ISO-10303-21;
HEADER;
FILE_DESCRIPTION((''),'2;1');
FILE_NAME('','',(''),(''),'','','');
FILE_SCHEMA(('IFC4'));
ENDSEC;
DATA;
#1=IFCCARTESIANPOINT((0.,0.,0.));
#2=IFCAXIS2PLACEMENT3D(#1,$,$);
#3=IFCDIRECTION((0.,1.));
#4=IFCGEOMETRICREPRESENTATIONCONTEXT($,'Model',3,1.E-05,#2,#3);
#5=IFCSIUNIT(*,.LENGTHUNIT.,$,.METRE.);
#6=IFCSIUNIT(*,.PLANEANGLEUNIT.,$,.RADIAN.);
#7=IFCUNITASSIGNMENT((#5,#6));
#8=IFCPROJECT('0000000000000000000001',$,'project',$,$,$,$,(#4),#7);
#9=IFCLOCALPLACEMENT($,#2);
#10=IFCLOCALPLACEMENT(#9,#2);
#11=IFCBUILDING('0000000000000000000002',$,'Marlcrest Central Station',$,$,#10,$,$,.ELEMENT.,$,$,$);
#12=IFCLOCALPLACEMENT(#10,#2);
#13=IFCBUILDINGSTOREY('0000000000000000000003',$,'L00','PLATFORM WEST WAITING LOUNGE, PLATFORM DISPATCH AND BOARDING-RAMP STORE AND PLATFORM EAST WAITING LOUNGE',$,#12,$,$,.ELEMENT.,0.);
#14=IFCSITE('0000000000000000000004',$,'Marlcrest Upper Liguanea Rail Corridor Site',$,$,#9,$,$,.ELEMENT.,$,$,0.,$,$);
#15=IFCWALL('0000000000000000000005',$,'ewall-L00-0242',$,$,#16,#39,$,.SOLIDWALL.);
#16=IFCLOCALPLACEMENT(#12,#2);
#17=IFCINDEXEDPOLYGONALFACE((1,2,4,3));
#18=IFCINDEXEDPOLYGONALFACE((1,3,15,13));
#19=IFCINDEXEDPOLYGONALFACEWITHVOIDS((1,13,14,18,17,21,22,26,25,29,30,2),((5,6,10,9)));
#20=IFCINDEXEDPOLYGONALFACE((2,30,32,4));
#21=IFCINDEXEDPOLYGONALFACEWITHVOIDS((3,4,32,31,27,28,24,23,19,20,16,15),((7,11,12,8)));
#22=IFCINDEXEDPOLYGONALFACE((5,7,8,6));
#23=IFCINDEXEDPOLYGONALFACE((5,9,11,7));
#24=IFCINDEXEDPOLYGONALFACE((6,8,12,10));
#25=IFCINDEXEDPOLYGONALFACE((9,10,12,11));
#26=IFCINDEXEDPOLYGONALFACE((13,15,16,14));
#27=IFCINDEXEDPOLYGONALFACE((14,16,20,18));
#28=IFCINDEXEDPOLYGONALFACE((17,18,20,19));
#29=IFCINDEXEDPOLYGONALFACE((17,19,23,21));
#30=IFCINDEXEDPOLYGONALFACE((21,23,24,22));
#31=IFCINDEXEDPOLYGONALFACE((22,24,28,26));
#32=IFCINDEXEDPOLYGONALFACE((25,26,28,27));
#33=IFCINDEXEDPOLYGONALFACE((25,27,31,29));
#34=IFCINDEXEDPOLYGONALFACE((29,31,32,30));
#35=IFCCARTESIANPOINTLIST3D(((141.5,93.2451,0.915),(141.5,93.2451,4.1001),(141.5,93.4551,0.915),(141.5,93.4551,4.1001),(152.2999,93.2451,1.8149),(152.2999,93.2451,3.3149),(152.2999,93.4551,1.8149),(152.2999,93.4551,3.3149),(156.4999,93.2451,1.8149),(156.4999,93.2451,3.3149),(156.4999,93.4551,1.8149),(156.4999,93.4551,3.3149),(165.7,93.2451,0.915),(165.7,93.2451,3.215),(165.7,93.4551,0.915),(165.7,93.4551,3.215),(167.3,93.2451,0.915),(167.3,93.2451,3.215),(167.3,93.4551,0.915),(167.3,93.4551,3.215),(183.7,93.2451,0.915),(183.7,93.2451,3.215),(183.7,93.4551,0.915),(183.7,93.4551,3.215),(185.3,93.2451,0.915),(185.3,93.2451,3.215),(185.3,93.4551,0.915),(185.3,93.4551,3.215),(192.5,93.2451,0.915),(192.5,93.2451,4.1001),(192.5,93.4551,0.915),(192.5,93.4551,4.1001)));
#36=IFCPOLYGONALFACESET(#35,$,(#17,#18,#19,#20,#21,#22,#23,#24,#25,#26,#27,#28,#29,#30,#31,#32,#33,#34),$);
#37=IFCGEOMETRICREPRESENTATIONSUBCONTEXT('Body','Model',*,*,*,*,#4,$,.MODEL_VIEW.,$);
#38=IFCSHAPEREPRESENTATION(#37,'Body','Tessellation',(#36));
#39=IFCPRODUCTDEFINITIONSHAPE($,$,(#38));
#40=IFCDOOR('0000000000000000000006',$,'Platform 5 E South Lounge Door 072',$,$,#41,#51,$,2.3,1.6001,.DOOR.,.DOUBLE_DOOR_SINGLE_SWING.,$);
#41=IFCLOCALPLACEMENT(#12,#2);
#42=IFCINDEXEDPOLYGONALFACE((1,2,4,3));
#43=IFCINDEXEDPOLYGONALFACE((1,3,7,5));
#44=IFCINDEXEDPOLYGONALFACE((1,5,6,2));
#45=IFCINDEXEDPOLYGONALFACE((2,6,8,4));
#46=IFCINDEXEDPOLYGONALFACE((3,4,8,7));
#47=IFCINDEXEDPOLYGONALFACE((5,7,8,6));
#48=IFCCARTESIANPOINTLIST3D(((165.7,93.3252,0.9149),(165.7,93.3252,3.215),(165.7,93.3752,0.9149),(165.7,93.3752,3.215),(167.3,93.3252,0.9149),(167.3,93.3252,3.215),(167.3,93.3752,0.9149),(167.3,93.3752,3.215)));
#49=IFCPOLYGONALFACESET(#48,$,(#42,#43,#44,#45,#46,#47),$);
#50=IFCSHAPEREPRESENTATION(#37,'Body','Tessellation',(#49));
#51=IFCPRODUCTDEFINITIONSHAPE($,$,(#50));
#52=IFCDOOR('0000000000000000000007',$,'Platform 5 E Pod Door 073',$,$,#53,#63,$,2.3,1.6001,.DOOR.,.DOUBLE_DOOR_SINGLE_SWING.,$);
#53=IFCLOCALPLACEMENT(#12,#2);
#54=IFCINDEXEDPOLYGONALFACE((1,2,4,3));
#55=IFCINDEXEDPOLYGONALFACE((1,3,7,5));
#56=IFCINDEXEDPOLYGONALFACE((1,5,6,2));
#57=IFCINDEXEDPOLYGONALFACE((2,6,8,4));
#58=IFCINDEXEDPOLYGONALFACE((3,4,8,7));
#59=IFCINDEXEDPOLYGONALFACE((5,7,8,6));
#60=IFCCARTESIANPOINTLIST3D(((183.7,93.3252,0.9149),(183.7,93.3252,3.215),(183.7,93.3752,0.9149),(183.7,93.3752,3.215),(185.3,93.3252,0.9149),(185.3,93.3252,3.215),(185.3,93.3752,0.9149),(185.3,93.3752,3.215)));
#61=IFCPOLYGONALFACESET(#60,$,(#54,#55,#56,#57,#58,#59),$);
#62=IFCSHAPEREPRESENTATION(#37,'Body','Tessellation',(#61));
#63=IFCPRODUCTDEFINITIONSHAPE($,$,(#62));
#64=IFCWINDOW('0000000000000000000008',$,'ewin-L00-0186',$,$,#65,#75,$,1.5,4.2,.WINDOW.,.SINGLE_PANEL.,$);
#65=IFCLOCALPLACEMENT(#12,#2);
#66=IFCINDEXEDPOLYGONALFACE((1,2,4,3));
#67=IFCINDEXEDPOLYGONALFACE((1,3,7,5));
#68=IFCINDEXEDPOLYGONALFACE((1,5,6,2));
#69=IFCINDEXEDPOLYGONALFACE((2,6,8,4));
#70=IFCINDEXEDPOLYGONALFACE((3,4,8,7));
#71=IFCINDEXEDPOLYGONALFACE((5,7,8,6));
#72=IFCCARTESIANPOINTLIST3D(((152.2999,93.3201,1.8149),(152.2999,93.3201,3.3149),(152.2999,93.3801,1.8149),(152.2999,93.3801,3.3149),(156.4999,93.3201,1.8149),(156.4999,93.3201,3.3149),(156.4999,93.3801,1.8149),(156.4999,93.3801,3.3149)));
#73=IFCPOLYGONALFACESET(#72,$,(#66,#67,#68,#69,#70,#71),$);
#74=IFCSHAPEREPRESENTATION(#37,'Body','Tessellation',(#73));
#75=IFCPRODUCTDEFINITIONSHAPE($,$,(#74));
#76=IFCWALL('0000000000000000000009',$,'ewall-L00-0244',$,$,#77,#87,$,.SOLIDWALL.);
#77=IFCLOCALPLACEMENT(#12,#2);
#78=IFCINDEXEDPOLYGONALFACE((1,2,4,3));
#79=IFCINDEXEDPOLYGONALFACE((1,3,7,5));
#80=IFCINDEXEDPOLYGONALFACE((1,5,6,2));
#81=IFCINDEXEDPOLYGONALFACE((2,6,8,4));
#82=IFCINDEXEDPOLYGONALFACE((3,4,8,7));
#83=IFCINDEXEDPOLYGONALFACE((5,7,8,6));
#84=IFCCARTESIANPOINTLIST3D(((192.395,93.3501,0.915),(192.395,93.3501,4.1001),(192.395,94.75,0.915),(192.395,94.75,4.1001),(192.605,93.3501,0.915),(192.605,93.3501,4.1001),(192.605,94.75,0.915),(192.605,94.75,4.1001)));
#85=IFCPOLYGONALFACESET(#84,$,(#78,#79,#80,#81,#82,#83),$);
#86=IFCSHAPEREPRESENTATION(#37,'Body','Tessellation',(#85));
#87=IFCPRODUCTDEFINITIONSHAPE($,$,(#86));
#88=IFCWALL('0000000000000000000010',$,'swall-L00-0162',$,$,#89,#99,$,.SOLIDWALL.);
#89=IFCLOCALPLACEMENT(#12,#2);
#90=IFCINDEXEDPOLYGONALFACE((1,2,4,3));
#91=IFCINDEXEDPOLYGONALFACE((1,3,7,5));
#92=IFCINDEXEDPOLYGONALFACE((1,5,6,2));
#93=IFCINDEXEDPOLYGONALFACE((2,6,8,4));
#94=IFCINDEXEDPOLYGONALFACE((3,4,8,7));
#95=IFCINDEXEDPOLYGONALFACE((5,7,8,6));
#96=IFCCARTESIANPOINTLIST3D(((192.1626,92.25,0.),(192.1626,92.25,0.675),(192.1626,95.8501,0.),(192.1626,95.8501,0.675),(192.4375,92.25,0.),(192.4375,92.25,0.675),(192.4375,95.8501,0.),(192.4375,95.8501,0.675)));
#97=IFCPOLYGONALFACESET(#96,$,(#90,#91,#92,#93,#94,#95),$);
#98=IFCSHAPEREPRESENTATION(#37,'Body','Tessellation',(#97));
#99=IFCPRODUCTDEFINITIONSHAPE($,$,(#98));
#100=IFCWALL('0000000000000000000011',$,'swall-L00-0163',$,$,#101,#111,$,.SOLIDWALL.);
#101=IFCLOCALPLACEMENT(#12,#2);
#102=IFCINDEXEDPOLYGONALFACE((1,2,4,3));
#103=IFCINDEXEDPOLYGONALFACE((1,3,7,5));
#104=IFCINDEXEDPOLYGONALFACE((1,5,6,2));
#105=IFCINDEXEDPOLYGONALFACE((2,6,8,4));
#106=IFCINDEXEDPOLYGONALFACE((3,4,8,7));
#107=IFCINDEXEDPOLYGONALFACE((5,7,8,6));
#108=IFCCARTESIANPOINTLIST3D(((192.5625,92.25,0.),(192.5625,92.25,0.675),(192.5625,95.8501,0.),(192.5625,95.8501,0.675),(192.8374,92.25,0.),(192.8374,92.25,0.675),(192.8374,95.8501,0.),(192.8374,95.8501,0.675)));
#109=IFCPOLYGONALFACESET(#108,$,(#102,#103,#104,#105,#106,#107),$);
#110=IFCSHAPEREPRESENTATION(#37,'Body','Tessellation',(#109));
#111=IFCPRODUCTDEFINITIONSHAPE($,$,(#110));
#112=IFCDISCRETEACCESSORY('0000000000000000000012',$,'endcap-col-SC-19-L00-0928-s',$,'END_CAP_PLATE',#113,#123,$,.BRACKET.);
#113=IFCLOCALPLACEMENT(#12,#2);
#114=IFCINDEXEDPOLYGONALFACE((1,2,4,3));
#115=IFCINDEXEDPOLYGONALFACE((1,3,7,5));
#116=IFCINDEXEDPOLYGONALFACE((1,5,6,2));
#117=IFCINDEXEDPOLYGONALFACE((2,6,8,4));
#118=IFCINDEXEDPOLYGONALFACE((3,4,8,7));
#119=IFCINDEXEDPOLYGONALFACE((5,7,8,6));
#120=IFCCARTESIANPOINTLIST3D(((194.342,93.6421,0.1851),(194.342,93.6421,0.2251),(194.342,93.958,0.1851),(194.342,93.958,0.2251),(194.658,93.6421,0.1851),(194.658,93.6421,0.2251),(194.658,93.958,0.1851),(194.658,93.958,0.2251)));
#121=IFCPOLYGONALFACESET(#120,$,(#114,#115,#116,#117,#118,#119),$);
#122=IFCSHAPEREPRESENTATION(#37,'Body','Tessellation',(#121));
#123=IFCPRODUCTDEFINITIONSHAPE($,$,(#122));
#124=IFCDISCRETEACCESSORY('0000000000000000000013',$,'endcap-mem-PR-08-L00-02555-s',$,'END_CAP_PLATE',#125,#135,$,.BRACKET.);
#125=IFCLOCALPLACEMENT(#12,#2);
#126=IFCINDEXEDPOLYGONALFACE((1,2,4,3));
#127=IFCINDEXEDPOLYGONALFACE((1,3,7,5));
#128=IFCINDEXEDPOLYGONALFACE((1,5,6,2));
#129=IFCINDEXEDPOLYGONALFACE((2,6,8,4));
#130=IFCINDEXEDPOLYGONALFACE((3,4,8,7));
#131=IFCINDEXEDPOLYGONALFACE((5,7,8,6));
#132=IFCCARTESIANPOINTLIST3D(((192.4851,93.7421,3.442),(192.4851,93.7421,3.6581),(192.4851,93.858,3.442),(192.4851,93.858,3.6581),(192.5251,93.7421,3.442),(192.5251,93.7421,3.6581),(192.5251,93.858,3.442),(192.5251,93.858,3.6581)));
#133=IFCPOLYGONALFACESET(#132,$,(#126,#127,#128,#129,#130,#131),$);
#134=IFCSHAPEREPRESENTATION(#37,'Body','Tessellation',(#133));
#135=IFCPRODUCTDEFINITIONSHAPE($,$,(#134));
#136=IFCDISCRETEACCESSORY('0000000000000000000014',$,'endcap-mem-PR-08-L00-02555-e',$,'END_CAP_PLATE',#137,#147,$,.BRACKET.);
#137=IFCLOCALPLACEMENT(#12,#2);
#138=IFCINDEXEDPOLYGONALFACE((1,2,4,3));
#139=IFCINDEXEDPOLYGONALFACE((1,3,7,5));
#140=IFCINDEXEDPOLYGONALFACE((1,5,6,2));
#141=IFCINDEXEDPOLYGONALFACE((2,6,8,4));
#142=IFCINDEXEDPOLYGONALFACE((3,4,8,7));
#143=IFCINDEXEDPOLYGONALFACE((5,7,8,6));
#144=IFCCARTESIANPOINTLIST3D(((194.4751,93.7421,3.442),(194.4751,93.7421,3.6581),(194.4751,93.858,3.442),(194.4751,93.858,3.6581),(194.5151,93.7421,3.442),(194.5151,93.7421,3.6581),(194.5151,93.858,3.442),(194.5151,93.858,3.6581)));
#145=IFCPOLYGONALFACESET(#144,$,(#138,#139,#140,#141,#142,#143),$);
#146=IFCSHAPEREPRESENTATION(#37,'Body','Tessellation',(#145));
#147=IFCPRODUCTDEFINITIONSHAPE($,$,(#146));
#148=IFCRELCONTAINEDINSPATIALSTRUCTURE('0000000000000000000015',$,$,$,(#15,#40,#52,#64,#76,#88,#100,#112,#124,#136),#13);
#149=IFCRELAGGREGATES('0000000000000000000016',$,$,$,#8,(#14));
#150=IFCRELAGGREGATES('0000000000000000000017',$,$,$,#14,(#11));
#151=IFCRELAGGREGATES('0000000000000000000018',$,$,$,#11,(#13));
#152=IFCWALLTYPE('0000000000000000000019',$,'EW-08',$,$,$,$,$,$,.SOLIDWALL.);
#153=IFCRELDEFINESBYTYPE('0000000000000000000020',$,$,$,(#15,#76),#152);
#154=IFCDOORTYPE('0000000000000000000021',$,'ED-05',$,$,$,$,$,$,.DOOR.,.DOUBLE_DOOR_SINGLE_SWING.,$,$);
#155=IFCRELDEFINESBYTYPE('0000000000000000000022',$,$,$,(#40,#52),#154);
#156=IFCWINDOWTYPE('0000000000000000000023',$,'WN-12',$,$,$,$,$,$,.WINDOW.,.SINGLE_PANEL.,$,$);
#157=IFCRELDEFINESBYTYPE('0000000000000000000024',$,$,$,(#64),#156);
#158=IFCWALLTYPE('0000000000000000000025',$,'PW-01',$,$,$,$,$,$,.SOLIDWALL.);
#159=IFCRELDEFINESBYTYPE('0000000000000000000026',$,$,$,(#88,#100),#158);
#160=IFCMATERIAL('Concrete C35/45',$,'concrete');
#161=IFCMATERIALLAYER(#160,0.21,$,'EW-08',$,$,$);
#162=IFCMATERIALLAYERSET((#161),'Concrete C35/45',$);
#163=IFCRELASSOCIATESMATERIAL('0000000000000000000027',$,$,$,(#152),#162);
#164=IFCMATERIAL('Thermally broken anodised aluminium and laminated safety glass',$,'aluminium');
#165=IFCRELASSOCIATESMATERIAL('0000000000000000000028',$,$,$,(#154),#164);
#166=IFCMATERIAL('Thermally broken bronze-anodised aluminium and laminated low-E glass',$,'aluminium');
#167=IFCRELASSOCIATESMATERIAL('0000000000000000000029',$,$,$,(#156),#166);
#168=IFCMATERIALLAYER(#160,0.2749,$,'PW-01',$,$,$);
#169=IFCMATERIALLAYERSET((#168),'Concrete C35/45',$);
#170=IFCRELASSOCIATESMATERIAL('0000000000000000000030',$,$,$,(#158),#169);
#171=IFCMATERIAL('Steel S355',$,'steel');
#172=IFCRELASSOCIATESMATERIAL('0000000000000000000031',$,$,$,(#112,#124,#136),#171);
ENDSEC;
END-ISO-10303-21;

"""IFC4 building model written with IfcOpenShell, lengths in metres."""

from ifc_helpers import new_model, si_unit, direction, frame, frame_2d, origin, origin_2d, place, context, subcontext, project, spatial, rectangle, extrude, material, layer, layer_set, type_object, element, fill, save


model = new_model("IFC4")

# Units and contexts
model_context = context("Model", 3, precision=1e-05, world=origin(), true_north=direction((0.0, 1.0)))
body_context = subcontext(model_context, "Body", "Model", "MODEL_VIEW")
ifc_project = project(units=[si_unit("LENGTHUNIT", "METRE"), si_unit("PLANEANGLEUNIT", "RADIAN")], contexts=[model_context])

# Site, building, storey
site_placement = place(None, origin())
site = spatial("IfcSite", under=ifc_project, at=site_placement, Name="Marlcrest Upper Liguanea Rail Corridor Site", CompositionType="ELEMENT", RefElevation=0.0)
building_placement = place(site_placement, origin())
building = spatial("IfcBuilding", under=site, at=building_placement, Name="Marlcrest Central Station", CompositionType="ELEMENT")
storey_placement = place(building_placement, origin())
storey = spatial("IfcBuildingStorey", under=building, at=storey_placement, Name="L00", Description="PLATFORM WEST WAITING LOUNGE, PLATFORM DISPATCH AND BOARDING-RAMP STORE AND PLATFORM EAST WAITING LOUNGE", CompositionType="ELEMENT", Elevation=0.0)

# Shared definitions
ifc_material_1 = material(Name="Concrete C35/45", Category="concrete")

# Shared definitions
ifc_material_2 = material(Name="Steel S355", Category="steel")

# Shared definitions
ifc_layer_1 = layer(ifc_material_1, 0.21, Name="EW-08")
ifc_layer_set_1 = layer_set([ifc_layer_1], Name="Concrete C35/45")
wall_type_1 = type_object("IfcWallType", Name="EW-08", PredefinedType="SOLIDWALL", material=ifc_layer_set_1)

# Wall, openings, doors, window
wall_1_placement = place(storey_placement, frame((192.5, 93.3501, 0.915), z_axis=(0.0, 0.0, 1.0), x_axis=(-1.0, 0.0, 0.0)))
wall_1 = element("IfcWall", 1, at=wall_1_placement, inside=storey, type_object=wall_type_1, Name="ewall-L00-0242", PredefinedType="SOLIDWALL", context=body_context, shape_type="SweptSolid", body=[
    extrude(rectangle(XDim=51.0, YDim=0.21, at=frame_2d((25.5, 0.0))), origin(), (0.0, 0.0, 1.0), 3.1851),
])
opening_1_placement = place(wall_1_placement, frame((25.2, 0.0, 0.0)))
opening_1 = element("IfcOpeningElement", 2, at=opening_1_placement, cuts=wall_1, PredefinedType="OPENING", context=body_context, shape_type="SweptSolid", body=[
    extrude(rectangle(XDim=1.6001, YDim=2.3, at=frame_2d((0.8, 1.1499))), frame((0.0, 0.115, 0.0), z_axis=(0.0, -1.0, 0.0), x_axis=(1.0, 0.0, 0.0)), (0.0, 0.0, 1.0), 0.23),
])
opening_2_placement = place(wall_1_placement, frame((7.2, 0.0, 0.0)))
opening_2 = element("IfcOpeningElement", 3, at=opening_2_placement, cuts=wall_1, PredefinedType="OPENING", context=body_context, shape_type="SweptSolid", body=[
    extrude(rectangle(XDim=1.6001, YDim=2.3, at=frame_2d((0.8, 1.1499))), frame((0.0, 0.115, 0.0), z_axis=(0.0, -1.0, 0.0), x_axis=(1.0, 0.0, 0.0)), (0.0, 0.0, 1.0), 0.23),
])
opening_3_placement = place(wall_1_placement, frame((36.0, 0.0, 0.8999)))
opening_3 = element("IfcOpeningElement", 4, at=opening_3_placement, cuts=wall_1, PredefinedType="OPENING", context=body_context, shape_type="SweptSolid", body=[
    extrude(rectangle(XDim=4.2, YDim=1.5, at=frame_2d((2.1001, 0.75))), frame((0.0, 0.115, 0.0), z_axis=(0.0, -1.0, 0.0), x_axis=(1.0, 0.0, 0.0)), (0.0, 0.0, 1.0), 0.23),
])
ifc_material_3 = material(Name="Thermally broken anodised aluminium and laminated safety glass", Category="aluminium")
door_type = type_object("IfcDoorType", Name="ED-05", OperationType="DOUBLE_DOOR_SINGLE_SWING", PredefinedType="DOOR", material=ifc_material_3)
door_1_placement = place(opening_1_placement, origin())
door_1 = element("IfcDoor", 5, at=door_1_placement, inside=storey, type_object=door_type, Name="Platform 5 E South Lounge Door 072", OperationType="DOUBLE_DOOR_SINGLE_SWING", OverallHeight=2.3, OverallWidth=1.6001, PredefinedType="DOOR", context=body_context, shape_type="SweptSolid", body=[
    extrude(rectangle(XDim=1.6001, YDim=2.3, at=frame_2d((0.8, 1.1499))), frame((0.0, 0.0249, 0.0), z_axis=(0.0, -1.0, 0.0), x_axis=(1.0, 0.0, 0.0)), (0.0, 0.0, 1.0), 0.05),
])
fill(opening_1, door_1)
door_2_placement = place(opening_2_placement, origin())
door_2 = element("IfcDoor", 6, at=door_2_placement, inside=storey, type_object=door_type, Name="Platform 5 E Pod Door 073", OperationType="DOUBLE_DOOR_SINGLE_SWING", OverallHeight=2.3, OverallWidth=1.6001, PredefinedType="DOOR", context=body_context, shape_type="SweptSolid", body=[
    extrude(rectangle(XDim=1.6001, YDim=2.3, at=frame_2d((0.8, 1.1499))), frame((0.0, 0.0249, 0.0), z_axis=(0.0, -1.0, 0.0), x_axis=(1.0, 0.0, 0.0)), (0.0, 0.0, 1.0), 0.05),
])
fill(opening_2, door_2)
ifc_material_4 = material(Name="Thermally broken bronze-anodised aluminium and laminated low-E glass", Category="aluminium")
window_type = type_object("IfcWindowType", Name="WN-12", PartitioningType="SINGLE_PANEL", PredefinedType="WINDOW", material=ifc_material_4)
window_placement = place(opening_3_placement, origin())
window = element("IfcWindow", 7, at=window_placement, inside=storey, type_object=window_type, Name="ewin-L00-0186", OverallHeight=1.5, OverallWidth=4.2, PartitioningType="SINGLE_PANEL", PredefinedType="WINDOW", context=body_context, shape_type="SweptSolid", body=[
    extrude(rectangle(XDim=4.2, YDim=1.5, at=frame_2d((2.1001, 0.75))), frame((0.0, 0.03, 0.0), z_axis=(0.0, -1.0, 0.0), x_axis=(1.0, 0.0, 0.0)), (0.0, 0.0, 1.0), 0.0601),
])
fill(opening_3, window)

# Walls
wall_2_placement = place(storey_placement, frame((192.5, 94.75, 0.915), z_axis=(0.0, 0.0, 1.0), x_axis=(0.0, -1.0, 0.0)))
element("IfcWall", 8, at=wall_2_placement, inside=storey, type_object=wall_type_1, Name="ewall-L00-0244", PredefinedType="SOLIDWALL", context=body_context, shape_type="SweptSolid", body=[
    extrude(rectangle(XDim=1.3999, YDim=0.21, at=frame_2d((0.7, 0.0))), origin(), (0.0, 0.0, 1.0), 3.1851),
])
ifc_layer_2 = layer(ifc_material_1, 0.2749, Name="PW-01")
ifc_layer_set_2 = layer_set([ifc_layer_2], Name="Concrete C35/45")
wall_type_2 = type_object("IfcWallType", Name="PW-01", PredefinedType="SOLIDWALL", material=ifc_layer_set_2)
for number, where, z_axis, x_axis, name in (
    (9, (192.3, 92.25, 0.0), (0.0, 0.0, 1.0), (0.0, 1.0, 0.0), "swall-L00-0162"),
    (10, (192.7, 92.25, 0.0), (0.0, 0.0, 1.0), (0.0, 1.0, 0.0), "swall-L00-0163"),
):
    element("IfcWall", number, at=place(storey_placement, frame(where, z_axis=z_axis, x_axis=x_axis)), inside=storey, type_object=wall_type_2, Name=name, PredefinedType="SOLIDWALL", context=body_context, shape_type="SweptSolid", body=[
        extrude(rectangle(XDim=3.6001, YDim=0.2749, at=frame_2d((1.8, 0.0))), origin(), (0.0, 0.0, 1.0), 0.675),
    ])

# Discrete accessories
discrete_accessory_placement = place(storey_placement, frame((194.5, 93.8, 0.1851), z_axis=(0.0, 0.0, 1.0), x_axis=(1.0, 0.0, 0.0)))
element("IfcDiscreteAccessory", 11, at=discrete_accessory_placement, inside=storey, material=ifc_material_2, Name="endcap-col-SC-19-L00-0928-s", ObjectType="END_CAP_PLATE", PredefinedType="BRACKET", context=body_context, shape_type="SweptSolid", body=[
    extrude(rectangle(XDim=0.3159, YDim=0.3159, at=origin_2d()), origin(), (0.0, 0.0, 1.0), 0.04),
])
for number, where, z_axis, x_axis, name in (
    (12, (192.4851, 93.8, 3.55), (1.0, 0.0, 0.0), (0.0, 1.0, 0.0), "endcap-mem-PR-08-L00-02555-s"),
    (13, (194.4751, 93.8, 3.55), (1.0, 0.0, 0.0), (0.0, 1.0, 0.0), "endcap-mem-PR-08-L00-02555-e"),
):
    element("IfcDiscreteAccessory", number, at=place(storey_placement, frame(where, z_axis=z_axis, x_axis=x_axis)), inside=storey, material=ifc_material_2, Name=name, ObjectType="END_CAP_PLATE", PredefinedType="BRACKET", context=body_context, shape_type="SweptSolid", body=[
        extrude(rectangle(XDim=0.116, YDim=0.2161, at=origin_2d()), origin(), (0.0, 0.0, 1.0), 0.04),
    ])

save(model, "model.ifc")
